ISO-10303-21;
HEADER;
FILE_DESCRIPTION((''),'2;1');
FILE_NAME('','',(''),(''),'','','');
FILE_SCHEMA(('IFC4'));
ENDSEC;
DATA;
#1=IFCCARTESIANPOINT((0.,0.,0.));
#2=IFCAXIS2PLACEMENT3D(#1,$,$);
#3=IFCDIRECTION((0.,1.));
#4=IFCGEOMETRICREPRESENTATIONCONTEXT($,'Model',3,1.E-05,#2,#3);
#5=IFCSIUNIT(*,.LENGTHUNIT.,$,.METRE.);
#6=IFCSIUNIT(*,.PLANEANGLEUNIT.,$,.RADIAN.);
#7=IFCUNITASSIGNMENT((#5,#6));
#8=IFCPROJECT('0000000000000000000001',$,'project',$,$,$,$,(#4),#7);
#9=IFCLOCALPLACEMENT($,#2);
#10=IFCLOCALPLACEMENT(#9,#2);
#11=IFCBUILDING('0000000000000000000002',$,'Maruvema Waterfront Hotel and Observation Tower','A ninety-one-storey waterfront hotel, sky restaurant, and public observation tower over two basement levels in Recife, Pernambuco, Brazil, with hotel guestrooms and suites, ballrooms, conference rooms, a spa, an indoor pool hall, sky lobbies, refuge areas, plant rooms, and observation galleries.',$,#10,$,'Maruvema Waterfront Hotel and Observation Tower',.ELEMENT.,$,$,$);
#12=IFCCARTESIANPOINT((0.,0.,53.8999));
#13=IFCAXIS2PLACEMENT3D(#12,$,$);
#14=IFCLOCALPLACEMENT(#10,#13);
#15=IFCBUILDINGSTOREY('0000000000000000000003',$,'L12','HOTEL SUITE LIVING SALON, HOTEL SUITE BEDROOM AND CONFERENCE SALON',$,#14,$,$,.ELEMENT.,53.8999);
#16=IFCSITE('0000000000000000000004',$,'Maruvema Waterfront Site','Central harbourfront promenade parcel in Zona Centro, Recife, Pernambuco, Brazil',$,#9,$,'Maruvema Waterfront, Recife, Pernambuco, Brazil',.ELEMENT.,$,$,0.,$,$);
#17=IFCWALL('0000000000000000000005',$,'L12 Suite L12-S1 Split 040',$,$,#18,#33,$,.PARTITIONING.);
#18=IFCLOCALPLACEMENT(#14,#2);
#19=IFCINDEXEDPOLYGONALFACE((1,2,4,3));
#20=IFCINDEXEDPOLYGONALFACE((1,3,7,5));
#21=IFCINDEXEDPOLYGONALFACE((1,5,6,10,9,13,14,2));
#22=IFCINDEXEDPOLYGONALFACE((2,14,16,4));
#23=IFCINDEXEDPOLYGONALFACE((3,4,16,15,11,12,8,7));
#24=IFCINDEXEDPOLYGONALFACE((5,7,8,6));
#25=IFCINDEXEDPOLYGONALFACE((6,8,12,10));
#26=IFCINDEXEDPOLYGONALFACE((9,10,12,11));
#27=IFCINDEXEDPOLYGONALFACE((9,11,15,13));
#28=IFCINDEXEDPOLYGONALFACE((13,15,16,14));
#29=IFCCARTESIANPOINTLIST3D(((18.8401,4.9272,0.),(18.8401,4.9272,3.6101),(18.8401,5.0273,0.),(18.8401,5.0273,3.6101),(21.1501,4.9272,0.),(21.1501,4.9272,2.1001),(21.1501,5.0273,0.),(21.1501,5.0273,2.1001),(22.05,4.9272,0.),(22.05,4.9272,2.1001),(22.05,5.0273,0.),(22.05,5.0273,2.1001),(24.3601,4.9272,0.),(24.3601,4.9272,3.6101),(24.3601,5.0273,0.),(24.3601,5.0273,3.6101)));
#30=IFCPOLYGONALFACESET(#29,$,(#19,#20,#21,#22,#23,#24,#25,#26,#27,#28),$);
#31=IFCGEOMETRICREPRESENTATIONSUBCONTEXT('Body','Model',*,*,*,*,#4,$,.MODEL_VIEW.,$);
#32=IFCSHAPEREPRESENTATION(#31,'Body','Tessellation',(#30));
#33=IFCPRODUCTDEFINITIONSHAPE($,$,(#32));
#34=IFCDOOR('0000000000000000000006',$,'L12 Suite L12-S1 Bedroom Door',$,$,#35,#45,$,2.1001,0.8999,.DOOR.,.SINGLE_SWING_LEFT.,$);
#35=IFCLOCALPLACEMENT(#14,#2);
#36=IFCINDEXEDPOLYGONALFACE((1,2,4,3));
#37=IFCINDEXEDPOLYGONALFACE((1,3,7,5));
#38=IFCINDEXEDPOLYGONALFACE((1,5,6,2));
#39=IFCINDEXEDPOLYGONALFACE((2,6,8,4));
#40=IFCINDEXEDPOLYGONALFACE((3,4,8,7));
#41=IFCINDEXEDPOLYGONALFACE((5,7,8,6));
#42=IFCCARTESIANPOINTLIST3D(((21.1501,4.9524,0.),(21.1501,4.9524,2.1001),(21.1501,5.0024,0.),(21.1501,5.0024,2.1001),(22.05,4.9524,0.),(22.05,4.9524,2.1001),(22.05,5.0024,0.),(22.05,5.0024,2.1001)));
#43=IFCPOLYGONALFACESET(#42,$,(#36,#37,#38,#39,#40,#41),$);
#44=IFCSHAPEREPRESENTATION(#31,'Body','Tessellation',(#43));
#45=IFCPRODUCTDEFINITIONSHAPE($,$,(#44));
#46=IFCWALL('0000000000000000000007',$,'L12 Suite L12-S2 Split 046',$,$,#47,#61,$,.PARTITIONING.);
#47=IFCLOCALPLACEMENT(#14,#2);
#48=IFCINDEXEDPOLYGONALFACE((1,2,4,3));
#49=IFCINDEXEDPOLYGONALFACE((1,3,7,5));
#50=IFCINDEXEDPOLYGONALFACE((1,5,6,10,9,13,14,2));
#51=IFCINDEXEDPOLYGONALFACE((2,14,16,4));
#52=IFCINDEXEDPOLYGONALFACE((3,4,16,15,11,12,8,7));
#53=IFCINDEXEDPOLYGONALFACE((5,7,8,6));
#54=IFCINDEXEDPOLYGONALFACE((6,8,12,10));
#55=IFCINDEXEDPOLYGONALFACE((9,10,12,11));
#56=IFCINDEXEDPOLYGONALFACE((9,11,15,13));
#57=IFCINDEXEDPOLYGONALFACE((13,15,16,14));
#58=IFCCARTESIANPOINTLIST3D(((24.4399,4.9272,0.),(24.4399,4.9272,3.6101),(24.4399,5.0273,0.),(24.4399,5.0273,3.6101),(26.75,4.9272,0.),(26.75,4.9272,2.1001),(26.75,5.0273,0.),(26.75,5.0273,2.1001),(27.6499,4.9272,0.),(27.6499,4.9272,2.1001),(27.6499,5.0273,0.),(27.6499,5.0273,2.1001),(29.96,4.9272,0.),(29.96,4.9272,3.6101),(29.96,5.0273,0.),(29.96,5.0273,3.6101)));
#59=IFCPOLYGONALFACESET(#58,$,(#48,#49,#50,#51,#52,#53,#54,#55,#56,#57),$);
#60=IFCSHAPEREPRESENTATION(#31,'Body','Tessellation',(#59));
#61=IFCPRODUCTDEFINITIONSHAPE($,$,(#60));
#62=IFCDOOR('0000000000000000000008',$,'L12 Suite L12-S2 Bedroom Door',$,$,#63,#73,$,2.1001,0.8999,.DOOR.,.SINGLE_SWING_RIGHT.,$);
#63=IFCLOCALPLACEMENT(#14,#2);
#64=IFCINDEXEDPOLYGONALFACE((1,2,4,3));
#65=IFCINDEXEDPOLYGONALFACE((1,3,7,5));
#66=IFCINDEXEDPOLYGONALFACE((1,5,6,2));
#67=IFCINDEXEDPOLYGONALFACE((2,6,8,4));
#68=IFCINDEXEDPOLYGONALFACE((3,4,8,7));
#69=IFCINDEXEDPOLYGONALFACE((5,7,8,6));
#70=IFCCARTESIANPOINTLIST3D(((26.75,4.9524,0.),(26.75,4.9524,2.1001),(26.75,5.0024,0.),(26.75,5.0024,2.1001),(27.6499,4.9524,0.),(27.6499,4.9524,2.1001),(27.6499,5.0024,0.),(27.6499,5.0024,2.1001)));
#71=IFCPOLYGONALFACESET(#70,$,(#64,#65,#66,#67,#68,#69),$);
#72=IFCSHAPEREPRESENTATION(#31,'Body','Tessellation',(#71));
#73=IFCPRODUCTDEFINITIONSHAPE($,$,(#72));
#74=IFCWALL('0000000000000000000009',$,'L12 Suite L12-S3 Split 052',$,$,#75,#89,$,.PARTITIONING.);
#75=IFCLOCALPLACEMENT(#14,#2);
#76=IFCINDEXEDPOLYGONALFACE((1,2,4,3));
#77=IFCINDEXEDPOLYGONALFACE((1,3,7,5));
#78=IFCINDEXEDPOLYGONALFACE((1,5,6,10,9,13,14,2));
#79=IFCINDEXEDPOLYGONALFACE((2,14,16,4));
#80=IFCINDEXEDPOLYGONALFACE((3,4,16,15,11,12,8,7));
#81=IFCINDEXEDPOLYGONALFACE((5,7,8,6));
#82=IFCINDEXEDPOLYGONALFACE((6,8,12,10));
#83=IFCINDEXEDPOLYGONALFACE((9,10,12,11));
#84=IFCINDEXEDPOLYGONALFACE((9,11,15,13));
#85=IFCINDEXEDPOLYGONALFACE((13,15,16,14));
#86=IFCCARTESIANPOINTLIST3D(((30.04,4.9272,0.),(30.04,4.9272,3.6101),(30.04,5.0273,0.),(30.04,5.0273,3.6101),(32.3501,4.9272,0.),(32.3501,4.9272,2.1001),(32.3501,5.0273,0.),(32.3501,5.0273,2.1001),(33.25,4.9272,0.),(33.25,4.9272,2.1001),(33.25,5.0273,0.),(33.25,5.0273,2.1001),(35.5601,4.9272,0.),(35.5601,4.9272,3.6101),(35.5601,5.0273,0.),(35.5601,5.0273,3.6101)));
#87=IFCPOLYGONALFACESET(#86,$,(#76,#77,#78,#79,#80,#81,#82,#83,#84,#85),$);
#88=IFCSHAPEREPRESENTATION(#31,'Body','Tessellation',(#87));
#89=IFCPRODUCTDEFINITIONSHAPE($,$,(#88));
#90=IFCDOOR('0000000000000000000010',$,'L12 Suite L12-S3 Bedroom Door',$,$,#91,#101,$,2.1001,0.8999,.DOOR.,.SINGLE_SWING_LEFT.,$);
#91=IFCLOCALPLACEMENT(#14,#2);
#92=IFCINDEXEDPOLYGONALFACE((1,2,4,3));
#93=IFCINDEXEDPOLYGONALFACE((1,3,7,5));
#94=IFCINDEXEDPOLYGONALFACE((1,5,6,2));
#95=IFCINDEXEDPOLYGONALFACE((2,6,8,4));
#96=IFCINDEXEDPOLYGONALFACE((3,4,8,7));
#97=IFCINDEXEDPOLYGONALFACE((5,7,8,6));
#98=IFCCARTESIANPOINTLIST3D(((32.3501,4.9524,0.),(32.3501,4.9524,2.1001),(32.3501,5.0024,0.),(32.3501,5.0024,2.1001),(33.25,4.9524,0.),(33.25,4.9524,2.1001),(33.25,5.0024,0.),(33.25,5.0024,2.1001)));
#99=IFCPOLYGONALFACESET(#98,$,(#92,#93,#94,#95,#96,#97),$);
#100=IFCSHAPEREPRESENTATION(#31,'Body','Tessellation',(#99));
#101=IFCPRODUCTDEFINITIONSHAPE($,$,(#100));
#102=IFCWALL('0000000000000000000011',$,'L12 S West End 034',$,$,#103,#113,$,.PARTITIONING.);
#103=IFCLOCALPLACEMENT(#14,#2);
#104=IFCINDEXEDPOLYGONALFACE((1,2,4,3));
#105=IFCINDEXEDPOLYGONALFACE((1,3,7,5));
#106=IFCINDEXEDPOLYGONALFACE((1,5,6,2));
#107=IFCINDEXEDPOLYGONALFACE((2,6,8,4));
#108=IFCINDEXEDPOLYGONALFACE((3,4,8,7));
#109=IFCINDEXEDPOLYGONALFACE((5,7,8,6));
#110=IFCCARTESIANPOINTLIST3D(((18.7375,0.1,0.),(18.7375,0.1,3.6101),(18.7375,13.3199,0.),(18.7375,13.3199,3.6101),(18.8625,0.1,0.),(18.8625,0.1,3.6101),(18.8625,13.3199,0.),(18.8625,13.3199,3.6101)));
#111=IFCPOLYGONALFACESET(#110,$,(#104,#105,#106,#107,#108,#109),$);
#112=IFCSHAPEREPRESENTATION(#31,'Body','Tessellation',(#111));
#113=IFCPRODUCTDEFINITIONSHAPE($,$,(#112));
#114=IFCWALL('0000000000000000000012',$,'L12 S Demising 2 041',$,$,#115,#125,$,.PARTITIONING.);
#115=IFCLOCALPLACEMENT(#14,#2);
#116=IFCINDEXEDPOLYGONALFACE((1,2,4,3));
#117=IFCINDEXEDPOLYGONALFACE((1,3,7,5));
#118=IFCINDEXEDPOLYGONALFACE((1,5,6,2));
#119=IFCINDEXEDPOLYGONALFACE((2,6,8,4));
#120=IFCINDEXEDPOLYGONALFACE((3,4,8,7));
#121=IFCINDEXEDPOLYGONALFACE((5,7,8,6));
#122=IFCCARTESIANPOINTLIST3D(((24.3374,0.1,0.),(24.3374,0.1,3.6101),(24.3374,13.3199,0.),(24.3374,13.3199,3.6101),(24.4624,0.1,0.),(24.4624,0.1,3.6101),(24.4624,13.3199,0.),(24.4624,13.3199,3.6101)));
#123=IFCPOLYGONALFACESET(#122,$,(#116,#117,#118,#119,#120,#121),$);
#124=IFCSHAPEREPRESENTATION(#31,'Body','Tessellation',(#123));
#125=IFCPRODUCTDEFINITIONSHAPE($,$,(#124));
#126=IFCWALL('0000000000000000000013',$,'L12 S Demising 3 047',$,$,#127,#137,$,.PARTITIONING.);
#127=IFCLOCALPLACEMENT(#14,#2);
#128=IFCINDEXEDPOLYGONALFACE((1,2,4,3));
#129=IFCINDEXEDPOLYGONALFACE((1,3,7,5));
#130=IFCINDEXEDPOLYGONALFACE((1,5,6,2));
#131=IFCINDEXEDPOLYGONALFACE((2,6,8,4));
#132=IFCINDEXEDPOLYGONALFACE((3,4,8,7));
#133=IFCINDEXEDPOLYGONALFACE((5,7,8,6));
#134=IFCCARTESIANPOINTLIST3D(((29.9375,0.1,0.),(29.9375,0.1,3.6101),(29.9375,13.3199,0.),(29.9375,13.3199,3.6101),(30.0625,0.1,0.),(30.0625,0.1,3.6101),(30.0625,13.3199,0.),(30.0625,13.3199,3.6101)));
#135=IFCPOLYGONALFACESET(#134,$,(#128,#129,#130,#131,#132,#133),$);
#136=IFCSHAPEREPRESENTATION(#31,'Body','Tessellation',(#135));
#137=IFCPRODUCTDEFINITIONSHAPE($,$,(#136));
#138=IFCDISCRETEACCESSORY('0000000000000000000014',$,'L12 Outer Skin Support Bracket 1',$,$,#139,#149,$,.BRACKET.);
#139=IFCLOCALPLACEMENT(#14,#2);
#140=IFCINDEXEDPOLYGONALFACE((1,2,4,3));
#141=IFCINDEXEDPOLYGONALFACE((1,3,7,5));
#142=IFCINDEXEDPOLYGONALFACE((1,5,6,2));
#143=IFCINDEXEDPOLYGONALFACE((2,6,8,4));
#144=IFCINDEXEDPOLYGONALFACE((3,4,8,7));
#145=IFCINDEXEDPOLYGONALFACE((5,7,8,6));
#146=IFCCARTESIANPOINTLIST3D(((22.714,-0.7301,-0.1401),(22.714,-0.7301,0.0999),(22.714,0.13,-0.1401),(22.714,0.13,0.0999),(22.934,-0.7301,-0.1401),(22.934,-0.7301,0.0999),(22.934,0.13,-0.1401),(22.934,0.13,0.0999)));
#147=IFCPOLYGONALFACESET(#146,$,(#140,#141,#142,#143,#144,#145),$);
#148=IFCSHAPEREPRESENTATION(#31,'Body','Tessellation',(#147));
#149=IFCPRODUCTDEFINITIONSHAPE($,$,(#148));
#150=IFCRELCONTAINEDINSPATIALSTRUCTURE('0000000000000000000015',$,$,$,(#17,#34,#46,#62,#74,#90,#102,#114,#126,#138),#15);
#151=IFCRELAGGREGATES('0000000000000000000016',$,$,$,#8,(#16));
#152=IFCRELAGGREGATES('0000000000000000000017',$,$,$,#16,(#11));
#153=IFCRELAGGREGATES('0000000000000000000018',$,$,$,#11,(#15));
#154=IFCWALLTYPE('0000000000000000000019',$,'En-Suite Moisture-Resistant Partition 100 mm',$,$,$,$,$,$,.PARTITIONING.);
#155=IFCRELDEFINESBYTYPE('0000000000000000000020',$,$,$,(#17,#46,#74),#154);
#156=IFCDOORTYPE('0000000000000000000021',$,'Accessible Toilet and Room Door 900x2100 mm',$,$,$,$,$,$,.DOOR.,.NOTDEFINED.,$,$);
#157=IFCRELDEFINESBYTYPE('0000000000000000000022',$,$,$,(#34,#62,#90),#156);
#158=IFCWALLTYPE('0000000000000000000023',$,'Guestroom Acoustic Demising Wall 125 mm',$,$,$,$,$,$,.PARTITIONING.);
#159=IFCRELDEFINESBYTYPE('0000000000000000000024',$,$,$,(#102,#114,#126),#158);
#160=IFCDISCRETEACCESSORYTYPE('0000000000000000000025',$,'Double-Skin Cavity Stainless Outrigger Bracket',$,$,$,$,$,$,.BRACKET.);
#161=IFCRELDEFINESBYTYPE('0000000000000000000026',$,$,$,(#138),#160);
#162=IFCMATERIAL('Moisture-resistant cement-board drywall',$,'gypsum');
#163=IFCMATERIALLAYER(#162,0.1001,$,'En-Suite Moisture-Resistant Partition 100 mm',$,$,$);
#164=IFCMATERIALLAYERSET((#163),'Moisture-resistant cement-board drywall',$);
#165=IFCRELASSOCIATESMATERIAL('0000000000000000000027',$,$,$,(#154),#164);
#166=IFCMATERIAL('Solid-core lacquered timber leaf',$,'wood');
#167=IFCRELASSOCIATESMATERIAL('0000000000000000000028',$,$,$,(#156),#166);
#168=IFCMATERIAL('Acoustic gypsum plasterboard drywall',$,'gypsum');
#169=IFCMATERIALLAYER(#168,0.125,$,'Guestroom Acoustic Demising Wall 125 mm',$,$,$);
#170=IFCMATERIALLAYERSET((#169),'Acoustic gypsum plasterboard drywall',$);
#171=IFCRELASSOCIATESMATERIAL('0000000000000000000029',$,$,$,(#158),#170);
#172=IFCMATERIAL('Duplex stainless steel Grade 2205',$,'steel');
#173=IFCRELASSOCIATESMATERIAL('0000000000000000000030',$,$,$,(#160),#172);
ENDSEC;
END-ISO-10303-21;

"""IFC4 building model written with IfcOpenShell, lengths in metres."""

from ifc_helpers import new_model, si_unit, direction, frame, frame_2d, origin, origin_2d, place, context, subcontext, project, spatial, rectangle, extrude, material, layer, layer_set, type_object, element, fill, save


model = new_model("IFC4")

# Units and contexts
model_context = context("Model", 3, precision=1e-05, world=origin(), true_north=direction((0.0, 1.0)))
body_context = subcontext(model_context, "Body", "Model", "MODEL_VIEW")
ifc_project = project(units=[si_unit("LENGTHUNIT", "METRE"), si_unit("PLANEANGLEUNIT", "RADIAN")], contexts=[model_context])

# Site, building, storey
site_placement = place(None, origin())
site = spatial("IfcSite", under=ifc_project, at=site_placement, Name="Maruvema Waterfront Site", Description="Central harbourfront promenade parcel in Zona Centro, Recife, Pernambuco, Brazil", LongName="Maruvema Waterfront, Recife, Pernambuco, Brazil", CompositionType="ELEMENT", RefElevation=0.0)
building_placement = place(site_placement, origin())
building = spatial("IfcBuilding", under=site, at=building_placement, Name="Maruvema Waterfront Hotel and Observation Tower", Description="A ninety-one-storey waterfront hotel, sky restaurant, and public observation tower over two basement levels in Recife, Pernambuco, Brazil, with hotel guestrooms and suites, ballrooms, conference rooms, a spa, an indoor pool hall, sky lobbies, refuge areas, plant rooms, and observation galleries.", LongName="Maruvema Waterfront Hotel and Observation Tower", CompositionType="ELEMENT")
storey_placement = place(building_placement, frame((0.0, 0.0, 53.8999)))
storey = spatial("IfcBuildingStorey", under=building, at=storey_placement, Name="L12", Description="HOTEL SUITE LIVING SALON, HOTEL SUITE BEDROOM AND CONFERENCE SALON", CompositionType="ELEMENT", Elevation=53.8999)

# Walls, openings, doors
ifc_material_1 = material(Name="Moisture-resistant cement-board drywall", Category="gypsum")
ifc_layer_1 = layer(ifc_material_1, 0.1001, Name="En-Suite Moisture-Resistant Partition 100 mm")
ifc_layer_set_1 = layer_set([ifc_layer_1], Name="Moisture-resistant cement-board drywall")
wall_type_1 = type_object("IfcWallType", Name="En-Suite Moisture-Resistant Partition 100 mm", PredefinedType="PARTITIONING", material=ifc_layer_set_1)
wall_1_placement = place(storey_placement, frame((18.8401, 4.9773, 0.0), z_axis=(0.0, 0.0, 1.0), x_axis=(1.0, 0.0, 0.0)))
wall_1 = element("IfcWall", 1, at=wall_1_placement, inside=storey, type_object=wall_type_1, Name="L12 Suite L12-S1 Split 040", PredefinedType="PARTITIONING", context=body_context, shape_type="SweptSolid", body=[
    extrude(rectangle(XDim=5.52, YDim=0.1001, at=frame_2d((2.76, 0.0))), origin(), (0.0, 0.0, 1.0), 3.6101),
])
opening_1_placement = place(wall_1_placement, frame((2.3101, 0.0, 0.0)))
opening_1 = element("IfcOpeningElement", 2, at=opening_1_placement, cuts=wall_1, PredefinedType="OPENING", context=body_context, shape_type="SweptSolid", body=[
    extrude(rectangle(XDim=0.8999, YDim=2.1001, at=frame_2d((0.45, 1.05))), frame((0.0, 0.0601, 0.0), z_axis=(0.0, -1.0, 0.0), x_axis=(1.0, 0.0, 0.0)), (0.0, 0.0, 1.0), 0.1201),
])
ifc_material_2 = material(Name="Solid-core lacquered timber leaf", Category="wood")
door_type = type_object("IfcDoorType", Name="Accessible Toilet and Room Door 900x2100 mm", OperationType="NOTDEFINED", PredefinedType="DOOR", material=ifc_material_2)
door_1_placement = place(opening_1_placement, frame((0.8999, 0.0, 0.0), z_axis=(0.0, 0.0, 1.0), x_axis=(-1.0, 0.0, 0.0)))
door_1 = element("IfcDoor", 3, at=door_1_placement, inside=storey, type_object=door_type, Name="L12 Suite L12-S1 Bedroom Door", OperationType="SINGLE_SWING_LEFT", OverallHeight=2.1001, OverallWidth=0.8999, PredefinedType="DOOR", context=body_context, shape_type="SweptSolid", body=[
    extrude(rectangle(XDim=0.8999, YDim=2.1001, at=frame_2d((0.45, 1.05))), frame((0.0, 0.0249, 0.0), z_axis=(0.0, -1.0, 0.0), x_axis=(1.0, 0.0, 0.0)), (0.0, 0.0, 1.0), 0.05),
])
fill(opening_1, door_1)
wall_2_placement = place(storey_placement, frame((24.4399, 4.9773, 0.0), z_axis=(0.0, 0.0, 1.0), x_axis=(1.0, 0.0, 0.0)))
wall_2 = element("IfcWall", 4, at=wall_2_placement, inside=storey, type_object=wall_type_1, Name="L12 Suite L12-S2 Split 046", PredefinedType="PARTITIONING", context=body_context, shape_type="SweptSolid", body=[
    extrude(rectangle(XDim=5.52, YDim=0.1001, at=frame_2d((2.76, 0.0))), origin(), (0.0, 0.0, 1.0), 3.6101),
])
opening_2_placement = place(wall_2_placement, frame((2.3101, 0.0, 0.0)))
opening_2 = element("IfcOpeningElement", 5, at=opening_2_placement, cuts=wall_2, PredefinedType="OPENING", context=body_context, shape_type="SweptSolid", body=[
    extrude(rectangle(XDim=0.8999, YDim=2.1001, at=frame_2d((0.45, 1.05))), frame((0.0, 0.0601, 0.0), z_axis=(0.0, -1.0, 0.0), x_axis=(1.0, 0.0, 0.0)), (0.0, 0.0, 1.0), 0.1201),
])
door_2_placement = place(opening_2_placement, frame((0.8999, 0.0, 0.0), z_axis=(0.0, 0.0, 1.0), x_axis=(-1.0, 0.0, 0.0)))
door_2 = element("IfcDoor", 6, at=door_2_placement, inside=storey, type_object=door_type, Name="L12 Suite L12-S2 Bedroom Door", OperationType="SINGLE_SWING_RIGHT", OverallHeight=2.1001, OverallWidth=0.8999, PredefinedType="DOOR", context=body_context, shape_type="SweptSolid", body=[
    extrude(rectangle(XDim=0.8999, YDim=2.1001, at=frame_2d((0.45, 1.05))), frame((0.0, 0.0249, 0.0), z_axis=(0.0, -1.0, 0.0), x_axis=(1.0, 0.0, 0.0)), (0.0, 0.0, 1.0), 0.05),
])
fill(opening_2, door_2)
wall_3_placement = place(storey_placement, frame((30.04, 4.9773, 0.0), z_axis=(0.0, 0.0, 1.0), x_axis=(1.0, 0.0, 0.0)))
wall_3 = element("IfcWall", 7, at=wall_3_placement, inside=storey, type_object=wall_type_1, Name="L12 Suite L12-S3 Split 052", PredefinedType="PARTITIONING", context=body_context, shape_type="SweptSolid", body=[
    extrude(rectangle(XDim=5.52, YDim=0.1001, at=frame_2d((2.76, 0.0))), origin(), (0.0, 0.0, 1.0), 3.6101),
])
opening_3_placement = place(wall_3_placement, frame((2.3101, 0.0, 0.0)))
opening_3 = element("IfcOpeningElement", 8, at=opening_3_placement, cuts=wall_3, PredefinedType="OPENING", context=body_context, shape_type="SweptSolid", body=[
    extrude(rectangle(XDim=0.8999, YDim=2.1001, at=frame_2d((0.45, 1.05))), frame((0.0, 0.0601, 0.0), z_axis=(0.0, -1.0, 0.0), x_axis=(1.0, 0.0, 0.0)), (0.0, 0.0, 1.0), 0.1201),
])
door_3_placement = place(opening_3_placement, frame((0.8999, 0.0, 0.0), z_axis=(0.0, 0.0, 1.0), x_axis=(-1.0, 0.0, 0.0)))
door_3 = element("IfcDoor", 9, at=door_3_placement, inside=storey, type_object=door_type, Name="L12 Suite L12-S3 Bedroom Door", OperationType="SINGLE_SWING_LEFT", OverallHeight=2.1001, OverallWidth=0.8999, PredefinedType="DOOR", context=body_context, shape_type="SweptSolid", body=[
    extrude(rectangle(XDim=0.8999, YDim=2.1001, at=frame_2d((0.45, 1.05))), frame((0.0, 0.0249, 0.0), z_axis=(0.0, -1.0, 0.0), x_axis=(1.0, 0.0, 0.0)), (0.0, 0.0, 1.0), 0.05),
])
fill(opening_3, door_3)

# Walls
ifc_material_3 = material(Name="Acoustic gypsum plasterboard drywall", Category="gypsum")
ifc_layer_2 = layer(ifc_material_3, 0.125, Name="Guestroom Acoustic Demising Wall 125 mm")
ifc_layer_set_2 = layer_set([ifc_layer_2], Name="Acoustic gypsum plasterboard drywall")
wall_type_2 = type_object("IfcWallType", Name="Guestroom Acoustic Demising Wall 125 mm", PredefinedType="PARTITIONING", material=ifc_layer_set_2)
for number, where, z_axis, x_axis, name in (
    (10, (18.8, 0.1001, 0.0), (0.0, 0.0, 1.0), (0.0, 1.0, 0.0), "L12 S West End 034"),
    (11, (24.3999, 0.1001, 0.0), (0.0, 0.0, 1.0), (0.0, 1.0, 0.0), "L12 S Demising 2 041"),
    (12, (30.0, 0.1001, 0.0), (0.0, 0.0, 1.0), (0.0, 1.0, 0.0), "L12 S Demising 3 047"),
):
    element("IfcWall", number, at=place(storey_placement, frame(where, z_axis=z_axis, x_axis=x_axis)), inside=storey, type_object=wall_type_2, Name=name, PredefinedType="PARTITIONING", context=body_context, shape_type="SweptSolid", body=[
        extrude(rectangle(XDim=13.22, YDim=0.125, at=frame_2d((6.6099, 0.0))), origin(), (0.0, 0.0, 1.0), 3.6101),
    ])

# Discrete accessory
ifc_material_4 = material(Name="Duplex stainless steel Grade 2205", Category="steel")
discrete_accessory_type = type_object("IfcDiscreteAccessoryType", Name="Double-Skin Cavity Stainless Outrigger Bracket", PredefinedType="BRACKET", material=ifc_material_4)
discrete_accessory_placement = place(storey_placement, frame((22.824, -0.3, -0.1401), z_axis=(0.0, 0.0, 1.0), x_axis=(1.0, 0.0, 0.0)))
element("IfcDiscreteAccessory", 13, at=discrete_accessory_placement, inside=storey, type_object=discrete_accessory_type, Name="L12 Outer Skin Support Bracket 1", PredefinedType="BRACKET", context=body_context, shape_type="SweptSolid", body=[
    extrude(rectangle(XDim=0.22, YDim=0.8601, at=origin_2d()), origin(), (0.0, 0.0, 1.0), 0.24),
])

save(model, "model.ifc")
